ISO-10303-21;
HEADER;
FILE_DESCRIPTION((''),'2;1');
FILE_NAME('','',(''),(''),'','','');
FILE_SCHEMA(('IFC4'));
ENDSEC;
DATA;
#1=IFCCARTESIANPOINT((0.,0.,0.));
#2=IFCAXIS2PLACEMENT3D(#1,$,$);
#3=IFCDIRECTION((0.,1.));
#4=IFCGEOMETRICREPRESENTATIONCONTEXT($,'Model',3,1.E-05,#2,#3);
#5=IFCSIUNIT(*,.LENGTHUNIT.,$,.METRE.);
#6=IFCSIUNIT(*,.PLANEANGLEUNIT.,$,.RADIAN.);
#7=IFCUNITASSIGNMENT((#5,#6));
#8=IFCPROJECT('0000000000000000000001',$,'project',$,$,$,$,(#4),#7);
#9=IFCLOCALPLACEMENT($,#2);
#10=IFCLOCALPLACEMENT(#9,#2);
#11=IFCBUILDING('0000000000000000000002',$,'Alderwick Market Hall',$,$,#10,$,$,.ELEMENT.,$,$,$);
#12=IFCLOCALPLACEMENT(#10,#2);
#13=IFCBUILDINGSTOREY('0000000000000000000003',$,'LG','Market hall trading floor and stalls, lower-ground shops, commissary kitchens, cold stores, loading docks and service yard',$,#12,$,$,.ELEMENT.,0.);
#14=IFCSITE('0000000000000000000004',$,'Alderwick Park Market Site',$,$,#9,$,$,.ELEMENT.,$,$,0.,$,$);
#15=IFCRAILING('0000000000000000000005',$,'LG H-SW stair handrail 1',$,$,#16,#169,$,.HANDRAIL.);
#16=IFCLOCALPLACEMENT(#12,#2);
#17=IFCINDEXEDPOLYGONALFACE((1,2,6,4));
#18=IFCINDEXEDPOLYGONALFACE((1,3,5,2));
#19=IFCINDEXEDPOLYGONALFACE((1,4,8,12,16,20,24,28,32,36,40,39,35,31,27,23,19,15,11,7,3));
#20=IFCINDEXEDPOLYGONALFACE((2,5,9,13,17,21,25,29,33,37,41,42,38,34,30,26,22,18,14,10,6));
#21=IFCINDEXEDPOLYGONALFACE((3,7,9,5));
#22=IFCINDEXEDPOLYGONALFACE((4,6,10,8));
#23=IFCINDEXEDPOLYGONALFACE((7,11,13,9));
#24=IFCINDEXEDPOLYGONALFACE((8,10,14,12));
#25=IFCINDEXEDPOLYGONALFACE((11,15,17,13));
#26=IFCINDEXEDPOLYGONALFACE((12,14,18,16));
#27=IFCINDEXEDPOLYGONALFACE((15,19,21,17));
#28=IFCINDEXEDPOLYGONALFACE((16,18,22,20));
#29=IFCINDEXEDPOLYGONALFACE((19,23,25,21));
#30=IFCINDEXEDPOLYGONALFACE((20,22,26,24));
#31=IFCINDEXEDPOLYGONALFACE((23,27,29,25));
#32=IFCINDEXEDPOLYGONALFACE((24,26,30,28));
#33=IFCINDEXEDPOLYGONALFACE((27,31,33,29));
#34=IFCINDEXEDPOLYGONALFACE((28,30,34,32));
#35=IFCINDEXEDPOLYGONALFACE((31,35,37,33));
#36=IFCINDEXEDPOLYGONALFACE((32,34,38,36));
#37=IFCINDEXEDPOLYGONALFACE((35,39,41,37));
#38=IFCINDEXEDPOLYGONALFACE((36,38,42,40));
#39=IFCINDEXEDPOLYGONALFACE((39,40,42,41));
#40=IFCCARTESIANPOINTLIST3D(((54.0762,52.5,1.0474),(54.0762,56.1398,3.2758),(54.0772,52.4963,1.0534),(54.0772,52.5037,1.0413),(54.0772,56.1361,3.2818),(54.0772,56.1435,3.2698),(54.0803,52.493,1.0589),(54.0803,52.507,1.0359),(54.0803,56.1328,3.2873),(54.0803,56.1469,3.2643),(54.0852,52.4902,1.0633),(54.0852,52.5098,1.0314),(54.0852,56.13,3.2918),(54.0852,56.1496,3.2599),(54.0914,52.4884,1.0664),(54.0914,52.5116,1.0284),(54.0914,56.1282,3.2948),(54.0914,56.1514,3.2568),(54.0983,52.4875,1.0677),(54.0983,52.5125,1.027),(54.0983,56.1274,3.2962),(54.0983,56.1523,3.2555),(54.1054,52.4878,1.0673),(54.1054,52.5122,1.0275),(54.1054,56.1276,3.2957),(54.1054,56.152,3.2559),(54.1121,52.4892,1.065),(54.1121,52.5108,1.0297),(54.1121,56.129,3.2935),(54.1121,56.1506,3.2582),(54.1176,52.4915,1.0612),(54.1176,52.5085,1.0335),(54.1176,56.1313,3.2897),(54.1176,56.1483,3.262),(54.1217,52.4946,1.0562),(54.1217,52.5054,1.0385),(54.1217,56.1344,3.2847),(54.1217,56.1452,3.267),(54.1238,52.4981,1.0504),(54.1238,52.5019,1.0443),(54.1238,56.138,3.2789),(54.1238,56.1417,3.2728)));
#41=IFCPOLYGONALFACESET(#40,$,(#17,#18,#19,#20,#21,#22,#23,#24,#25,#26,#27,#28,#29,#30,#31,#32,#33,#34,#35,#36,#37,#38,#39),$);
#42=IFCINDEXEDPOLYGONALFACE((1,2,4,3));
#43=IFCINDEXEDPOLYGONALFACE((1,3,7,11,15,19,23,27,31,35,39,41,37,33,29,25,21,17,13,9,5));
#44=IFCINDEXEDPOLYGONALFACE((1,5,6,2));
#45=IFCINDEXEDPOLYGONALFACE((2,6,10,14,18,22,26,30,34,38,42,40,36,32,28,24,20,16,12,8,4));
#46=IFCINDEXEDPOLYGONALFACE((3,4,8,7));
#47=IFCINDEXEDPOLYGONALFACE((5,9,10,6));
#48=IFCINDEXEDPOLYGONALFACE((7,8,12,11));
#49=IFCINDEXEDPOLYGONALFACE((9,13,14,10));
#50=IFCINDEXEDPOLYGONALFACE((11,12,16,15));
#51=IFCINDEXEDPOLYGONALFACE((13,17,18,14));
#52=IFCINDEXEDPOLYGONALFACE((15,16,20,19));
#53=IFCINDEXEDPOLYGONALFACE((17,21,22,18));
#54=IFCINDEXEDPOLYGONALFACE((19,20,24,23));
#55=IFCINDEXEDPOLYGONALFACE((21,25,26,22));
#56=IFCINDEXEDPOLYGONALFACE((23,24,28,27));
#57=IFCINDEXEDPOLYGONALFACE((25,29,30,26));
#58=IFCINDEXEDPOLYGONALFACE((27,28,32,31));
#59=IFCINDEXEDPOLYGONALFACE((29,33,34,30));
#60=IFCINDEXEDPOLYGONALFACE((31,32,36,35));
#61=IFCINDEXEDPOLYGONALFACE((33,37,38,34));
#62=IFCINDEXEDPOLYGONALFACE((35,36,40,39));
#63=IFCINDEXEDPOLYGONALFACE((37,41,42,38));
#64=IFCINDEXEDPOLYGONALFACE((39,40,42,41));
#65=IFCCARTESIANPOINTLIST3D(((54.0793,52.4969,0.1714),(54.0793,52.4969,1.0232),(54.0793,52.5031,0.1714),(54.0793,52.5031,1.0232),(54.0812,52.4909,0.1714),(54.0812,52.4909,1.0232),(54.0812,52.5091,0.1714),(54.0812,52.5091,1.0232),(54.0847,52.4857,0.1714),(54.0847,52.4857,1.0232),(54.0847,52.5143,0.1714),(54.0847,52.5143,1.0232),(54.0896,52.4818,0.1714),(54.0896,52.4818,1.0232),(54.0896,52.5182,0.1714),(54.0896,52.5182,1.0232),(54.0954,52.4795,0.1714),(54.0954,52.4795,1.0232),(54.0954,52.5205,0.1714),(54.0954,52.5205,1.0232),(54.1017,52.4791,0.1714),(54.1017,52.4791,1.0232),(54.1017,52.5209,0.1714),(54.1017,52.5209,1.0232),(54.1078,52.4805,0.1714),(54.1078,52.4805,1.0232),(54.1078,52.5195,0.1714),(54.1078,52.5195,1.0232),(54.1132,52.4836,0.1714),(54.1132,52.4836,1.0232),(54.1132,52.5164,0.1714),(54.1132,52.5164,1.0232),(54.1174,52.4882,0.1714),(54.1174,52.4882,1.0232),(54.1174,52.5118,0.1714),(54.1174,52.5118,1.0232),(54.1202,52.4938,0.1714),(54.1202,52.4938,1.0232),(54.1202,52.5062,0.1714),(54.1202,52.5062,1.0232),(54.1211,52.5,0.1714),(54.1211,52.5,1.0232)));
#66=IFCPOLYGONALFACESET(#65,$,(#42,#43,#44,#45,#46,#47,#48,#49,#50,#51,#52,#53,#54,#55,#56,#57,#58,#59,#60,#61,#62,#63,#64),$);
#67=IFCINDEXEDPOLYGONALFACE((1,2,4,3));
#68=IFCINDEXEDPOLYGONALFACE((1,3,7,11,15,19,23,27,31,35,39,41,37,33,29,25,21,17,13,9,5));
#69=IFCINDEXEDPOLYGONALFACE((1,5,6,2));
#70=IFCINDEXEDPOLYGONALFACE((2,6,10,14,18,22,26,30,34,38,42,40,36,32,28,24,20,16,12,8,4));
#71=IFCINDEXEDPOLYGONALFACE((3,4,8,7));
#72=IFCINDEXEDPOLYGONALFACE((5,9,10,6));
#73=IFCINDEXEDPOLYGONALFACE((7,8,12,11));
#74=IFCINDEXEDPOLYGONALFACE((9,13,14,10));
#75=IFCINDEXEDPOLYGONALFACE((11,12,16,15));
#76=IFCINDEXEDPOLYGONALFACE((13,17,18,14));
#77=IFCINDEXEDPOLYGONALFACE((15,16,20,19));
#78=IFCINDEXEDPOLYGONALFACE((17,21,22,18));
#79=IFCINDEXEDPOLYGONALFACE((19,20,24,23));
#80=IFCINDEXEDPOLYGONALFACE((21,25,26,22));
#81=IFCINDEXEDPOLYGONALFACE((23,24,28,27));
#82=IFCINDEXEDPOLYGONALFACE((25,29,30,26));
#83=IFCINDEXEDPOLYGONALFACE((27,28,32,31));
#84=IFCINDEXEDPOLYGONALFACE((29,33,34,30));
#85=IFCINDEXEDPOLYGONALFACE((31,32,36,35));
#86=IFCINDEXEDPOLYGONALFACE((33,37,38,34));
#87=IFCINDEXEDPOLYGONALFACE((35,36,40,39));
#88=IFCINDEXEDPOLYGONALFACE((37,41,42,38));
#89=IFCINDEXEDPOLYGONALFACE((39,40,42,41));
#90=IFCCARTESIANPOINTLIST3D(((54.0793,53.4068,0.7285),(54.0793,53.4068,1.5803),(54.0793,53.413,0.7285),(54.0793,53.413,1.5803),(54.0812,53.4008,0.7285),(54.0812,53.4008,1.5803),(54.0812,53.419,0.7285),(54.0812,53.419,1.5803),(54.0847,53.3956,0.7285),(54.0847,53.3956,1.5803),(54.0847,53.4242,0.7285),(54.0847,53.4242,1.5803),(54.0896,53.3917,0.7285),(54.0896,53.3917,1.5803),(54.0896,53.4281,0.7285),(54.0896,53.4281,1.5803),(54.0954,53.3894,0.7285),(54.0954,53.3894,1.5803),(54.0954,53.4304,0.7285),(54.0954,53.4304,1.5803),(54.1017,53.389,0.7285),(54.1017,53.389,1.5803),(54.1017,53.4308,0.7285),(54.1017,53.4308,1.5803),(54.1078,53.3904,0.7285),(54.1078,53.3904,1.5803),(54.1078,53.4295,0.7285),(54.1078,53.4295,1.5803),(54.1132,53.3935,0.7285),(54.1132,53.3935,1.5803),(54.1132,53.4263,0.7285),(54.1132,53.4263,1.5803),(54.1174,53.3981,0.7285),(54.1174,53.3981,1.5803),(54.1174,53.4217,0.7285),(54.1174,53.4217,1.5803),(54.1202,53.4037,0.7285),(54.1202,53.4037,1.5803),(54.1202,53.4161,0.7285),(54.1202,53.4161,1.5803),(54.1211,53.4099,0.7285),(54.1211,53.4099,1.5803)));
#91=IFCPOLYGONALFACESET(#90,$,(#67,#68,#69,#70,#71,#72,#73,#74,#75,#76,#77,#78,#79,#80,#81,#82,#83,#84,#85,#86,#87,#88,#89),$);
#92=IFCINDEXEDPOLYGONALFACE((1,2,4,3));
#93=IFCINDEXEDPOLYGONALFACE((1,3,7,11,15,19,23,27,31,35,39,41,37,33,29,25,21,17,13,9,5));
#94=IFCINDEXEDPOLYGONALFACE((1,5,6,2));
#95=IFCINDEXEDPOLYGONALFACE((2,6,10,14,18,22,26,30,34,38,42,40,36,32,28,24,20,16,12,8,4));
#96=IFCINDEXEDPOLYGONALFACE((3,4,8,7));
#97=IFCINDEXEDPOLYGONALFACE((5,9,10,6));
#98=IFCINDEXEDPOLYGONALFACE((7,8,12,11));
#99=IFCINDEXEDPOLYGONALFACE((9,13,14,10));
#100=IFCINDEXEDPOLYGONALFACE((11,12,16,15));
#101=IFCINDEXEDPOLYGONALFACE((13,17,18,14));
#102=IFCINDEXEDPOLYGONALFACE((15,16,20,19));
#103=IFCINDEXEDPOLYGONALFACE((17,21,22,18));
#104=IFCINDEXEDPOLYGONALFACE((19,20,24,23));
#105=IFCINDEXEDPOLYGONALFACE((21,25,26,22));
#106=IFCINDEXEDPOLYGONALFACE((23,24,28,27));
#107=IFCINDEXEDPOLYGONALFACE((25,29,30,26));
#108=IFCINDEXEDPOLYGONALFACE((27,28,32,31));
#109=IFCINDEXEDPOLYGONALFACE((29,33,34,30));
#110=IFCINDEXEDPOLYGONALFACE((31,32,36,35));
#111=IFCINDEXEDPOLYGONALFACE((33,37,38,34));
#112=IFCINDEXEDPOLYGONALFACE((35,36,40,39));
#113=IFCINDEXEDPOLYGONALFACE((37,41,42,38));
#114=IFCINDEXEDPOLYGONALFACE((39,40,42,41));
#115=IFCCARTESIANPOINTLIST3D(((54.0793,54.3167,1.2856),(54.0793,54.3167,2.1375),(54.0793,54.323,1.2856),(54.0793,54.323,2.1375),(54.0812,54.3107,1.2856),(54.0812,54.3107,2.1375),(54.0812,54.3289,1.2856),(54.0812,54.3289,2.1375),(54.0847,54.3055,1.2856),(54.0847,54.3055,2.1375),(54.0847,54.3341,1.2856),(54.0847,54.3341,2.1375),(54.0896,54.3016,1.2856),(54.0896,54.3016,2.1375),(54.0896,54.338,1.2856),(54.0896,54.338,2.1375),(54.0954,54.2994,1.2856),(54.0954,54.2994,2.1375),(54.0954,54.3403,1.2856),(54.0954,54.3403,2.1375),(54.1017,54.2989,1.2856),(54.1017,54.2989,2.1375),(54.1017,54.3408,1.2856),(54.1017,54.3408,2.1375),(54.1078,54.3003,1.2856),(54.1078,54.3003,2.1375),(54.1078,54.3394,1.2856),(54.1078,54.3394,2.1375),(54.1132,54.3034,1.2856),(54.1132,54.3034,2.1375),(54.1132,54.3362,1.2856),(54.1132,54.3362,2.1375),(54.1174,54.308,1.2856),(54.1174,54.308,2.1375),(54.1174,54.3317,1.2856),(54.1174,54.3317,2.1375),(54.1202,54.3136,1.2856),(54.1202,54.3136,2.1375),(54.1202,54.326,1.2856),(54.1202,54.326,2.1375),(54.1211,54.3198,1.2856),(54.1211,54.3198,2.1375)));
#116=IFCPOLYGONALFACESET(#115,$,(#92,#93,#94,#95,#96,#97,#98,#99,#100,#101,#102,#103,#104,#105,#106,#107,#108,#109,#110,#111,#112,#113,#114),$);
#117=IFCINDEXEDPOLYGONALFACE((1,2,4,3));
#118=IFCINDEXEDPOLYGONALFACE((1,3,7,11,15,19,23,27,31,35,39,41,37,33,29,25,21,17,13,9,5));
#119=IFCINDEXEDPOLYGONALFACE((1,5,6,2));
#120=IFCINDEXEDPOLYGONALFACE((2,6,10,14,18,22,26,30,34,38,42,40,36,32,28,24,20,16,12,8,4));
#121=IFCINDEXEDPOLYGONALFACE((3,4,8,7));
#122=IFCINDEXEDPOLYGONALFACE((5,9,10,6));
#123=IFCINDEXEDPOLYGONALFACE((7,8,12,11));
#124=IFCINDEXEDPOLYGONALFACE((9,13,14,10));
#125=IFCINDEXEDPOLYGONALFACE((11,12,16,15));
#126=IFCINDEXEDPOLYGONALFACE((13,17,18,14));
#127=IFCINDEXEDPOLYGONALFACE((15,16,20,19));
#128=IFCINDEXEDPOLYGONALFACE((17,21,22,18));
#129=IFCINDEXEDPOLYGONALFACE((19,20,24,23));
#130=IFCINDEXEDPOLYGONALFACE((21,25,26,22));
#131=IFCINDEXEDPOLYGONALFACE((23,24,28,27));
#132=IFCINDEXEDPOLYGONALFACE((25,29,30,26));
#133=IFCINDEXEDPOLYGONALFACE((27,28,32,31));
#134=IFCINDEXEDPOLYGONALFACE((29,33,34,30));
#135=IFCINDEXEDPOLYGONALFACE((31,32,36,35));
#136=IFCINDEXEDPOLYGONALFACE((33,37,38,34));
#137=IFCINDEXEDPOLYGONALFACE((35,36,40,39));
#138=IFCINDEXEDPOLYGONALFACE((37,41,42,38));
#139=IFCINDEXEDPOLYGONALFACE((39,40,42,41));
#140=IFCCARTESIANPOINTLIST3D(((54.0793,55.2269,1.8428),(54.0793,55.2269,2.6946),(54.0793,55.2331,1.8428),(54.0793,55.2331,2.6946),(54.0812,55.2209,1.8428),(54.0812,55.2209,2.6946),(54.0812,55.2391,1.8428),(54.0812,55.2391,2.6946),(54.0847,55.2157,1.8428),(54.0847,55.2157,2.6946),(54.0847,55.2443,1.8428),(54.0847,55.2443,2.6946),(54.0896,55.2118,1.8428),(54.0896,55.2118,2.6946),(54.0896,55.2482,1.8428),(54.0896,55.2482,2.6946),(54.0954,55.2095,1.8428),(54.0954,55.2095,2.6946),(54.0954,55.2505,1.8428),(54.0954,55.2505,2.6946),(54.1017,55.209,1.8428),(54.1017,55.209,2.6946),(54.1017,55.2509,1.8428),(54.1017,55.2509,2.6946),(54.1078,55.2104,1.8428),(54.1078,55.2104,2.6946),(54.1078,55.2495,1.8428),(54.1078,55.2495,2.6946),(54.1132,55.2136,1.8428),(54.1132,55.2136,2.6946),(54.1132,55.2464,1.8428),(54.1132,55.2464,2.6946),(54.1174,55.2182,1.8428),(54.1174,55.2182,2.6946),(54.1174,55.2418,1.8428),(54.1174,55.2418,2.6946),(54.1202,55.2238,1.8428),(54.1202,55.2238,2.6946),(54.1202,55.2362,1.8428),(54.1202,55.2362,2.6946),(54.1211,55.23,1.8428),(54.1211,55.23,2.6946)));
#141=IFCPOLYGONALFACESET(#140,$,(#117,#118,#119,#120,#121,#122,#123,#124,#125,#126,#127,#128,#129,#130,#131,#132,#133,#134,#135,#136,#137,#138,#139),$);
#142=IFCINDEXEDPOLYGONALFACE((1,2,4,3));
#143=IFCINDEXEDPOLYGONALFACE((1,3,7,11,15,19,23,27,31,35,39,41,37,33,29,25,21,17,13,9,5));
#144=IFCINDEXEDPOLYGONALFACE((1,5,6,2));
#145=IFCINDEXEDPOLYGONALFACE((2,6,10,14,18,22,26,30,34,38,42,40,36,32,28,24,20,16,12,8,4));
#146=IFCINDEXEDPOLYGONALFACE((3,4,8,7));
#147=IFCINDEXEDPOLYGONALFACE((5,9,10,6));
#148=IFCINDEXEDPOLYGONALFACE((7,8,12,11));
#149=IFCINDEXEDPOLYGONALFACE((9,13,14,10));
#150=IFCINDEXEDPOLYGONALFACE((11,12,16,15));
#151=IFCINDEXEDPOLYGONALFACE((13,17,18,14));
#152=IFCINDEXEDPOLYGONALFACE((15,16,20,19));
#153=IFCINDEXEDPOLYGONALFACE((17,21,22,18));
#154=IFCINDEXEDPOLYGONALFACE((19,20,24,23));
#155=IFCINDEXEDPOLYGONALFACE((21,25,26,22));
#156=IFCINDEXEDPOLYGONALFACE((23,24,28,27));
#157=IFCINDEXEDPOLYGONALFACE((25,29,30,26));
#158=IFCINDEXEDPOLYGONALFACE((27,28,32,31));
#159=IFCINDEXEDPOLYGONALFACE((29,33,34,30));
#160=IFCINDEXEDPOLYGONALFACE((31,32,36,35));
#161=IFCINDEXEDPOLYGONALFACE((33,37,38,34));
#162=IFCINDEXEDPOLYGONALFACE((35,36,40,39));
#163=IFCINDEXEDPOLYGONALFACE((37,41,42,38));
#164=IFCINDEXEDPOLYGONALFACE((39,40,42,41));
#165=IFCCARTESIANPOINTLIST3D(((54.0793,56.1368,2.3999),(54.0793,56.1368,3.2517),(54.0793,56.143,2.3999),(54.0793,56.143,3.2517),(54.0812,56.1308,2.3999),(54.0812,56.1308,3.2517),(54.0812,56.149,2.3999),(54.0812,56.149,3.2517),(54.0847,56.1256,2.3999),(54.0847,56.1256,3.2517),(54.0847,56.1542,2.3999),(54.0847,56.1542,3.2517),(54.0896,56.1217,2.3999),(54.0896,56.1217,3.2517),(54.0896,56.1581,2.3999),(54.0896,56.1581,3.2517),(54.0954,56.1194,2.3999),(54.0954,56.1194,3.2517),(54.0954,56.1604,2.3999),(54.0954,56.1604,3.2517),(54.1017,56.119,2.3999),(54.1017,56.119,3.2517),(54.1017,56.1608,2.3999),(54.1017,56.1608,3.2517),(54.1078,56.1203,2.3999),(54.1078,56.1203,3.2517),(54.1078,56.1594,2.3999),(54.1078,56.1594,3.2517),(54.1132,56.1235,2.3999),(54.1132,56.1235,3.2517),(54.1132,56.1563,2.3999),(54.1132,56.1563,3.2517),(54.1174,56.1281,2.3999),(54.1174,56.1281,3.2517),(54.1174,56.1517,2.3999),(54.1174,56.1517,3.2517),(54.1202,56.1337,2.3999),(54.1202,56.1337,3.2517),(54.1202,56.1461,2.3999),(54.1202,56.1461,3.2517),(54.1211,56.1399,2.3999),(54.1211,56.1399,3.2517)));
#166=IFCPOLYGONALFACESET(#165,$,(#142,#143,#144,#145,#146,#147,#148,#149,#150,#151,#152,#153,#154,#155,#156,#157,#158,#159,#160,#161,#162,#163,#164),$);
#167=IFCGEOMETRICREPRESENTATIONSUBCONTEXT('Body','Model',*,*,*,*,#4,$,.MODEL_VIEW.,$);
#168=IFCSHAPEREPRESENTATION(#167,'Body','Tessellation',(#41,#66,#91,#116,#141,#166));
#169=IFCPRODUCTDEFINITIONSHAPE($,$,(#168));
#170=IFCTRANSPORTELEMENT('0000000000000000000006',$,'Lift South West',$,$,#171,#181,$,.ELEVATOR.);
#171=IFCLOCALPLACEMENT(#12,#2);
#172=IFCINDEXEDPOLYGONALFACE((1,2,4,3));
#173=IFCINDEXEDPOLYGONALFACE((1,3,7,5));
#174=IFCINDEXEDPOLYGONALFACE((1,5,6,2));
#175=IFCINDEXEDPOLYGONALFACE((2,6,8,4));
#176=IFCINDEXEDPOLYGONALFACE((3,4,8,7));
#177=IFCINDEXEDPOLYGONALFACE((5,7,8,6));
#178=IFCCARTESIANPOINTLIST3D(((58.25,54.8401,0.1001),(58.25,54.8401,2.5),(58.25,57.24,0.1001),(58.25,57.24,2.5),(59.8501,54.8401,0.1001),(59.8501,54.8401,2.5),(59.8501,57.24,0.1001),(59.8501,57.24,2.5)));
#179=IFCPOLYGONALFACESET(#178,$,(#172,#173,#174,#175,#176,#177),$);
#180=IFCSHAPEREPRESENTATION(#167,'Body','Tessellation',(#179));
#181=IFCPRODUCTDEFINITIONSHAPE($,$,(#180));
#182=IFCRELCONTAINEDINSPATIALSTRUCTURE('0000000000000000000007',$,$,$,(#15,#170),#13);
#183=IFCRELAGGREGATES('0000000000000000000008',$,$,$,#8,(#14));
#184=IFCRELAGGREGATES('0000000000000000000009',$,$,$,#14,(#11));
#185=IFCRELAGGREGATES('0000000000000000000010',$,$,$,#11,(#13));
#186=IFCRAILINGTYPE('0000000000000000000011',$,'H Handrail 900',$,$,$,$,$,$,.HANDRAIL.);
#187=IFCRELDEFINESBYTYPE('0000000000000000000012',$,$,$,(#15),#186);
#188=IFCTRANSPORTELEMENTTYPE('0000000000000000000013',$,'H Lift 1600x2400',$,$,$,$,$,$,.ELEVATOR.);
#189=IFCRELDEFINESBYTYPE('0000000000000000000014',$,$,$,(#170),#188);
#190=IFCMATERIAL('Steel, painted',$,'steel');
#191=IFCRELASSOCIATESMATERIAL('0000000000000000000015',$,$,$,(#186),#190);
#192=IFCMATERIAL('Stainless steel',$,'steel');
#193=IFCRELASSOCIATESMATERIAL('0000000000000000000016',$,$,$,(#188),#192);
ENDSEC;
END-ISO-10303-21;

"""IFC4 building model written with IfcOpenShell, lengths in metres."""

from ifc_helpers import new_model, si_unit, direction, frame, origin, origin_2d, place, context, subcontext, project, spatial, rectangle, circle, extrude, material, type_object, element, save


model = new_model("IFC4")

# Units and contexts
model_context = context("Model", 3, precision=1e-05, world=origin(), true_north=direction((0.0, 1.0)))
body_context = subcontext(model_context, "Body", "Model", "MODEL_VIEW")
ifc_project = project(units=[si_unit("LENGTHUNIT", "METRE"), si_unit("PLANEANGLEUNIT", "RADIAN")], contexts=[model_context])

# Site, building, storey
site_placement = place(None, origin())
site = spatial("IfcSite", under=ifc_project, at=site_placement, Name="Alderwick Park Market Site", CompositionType="ELEMENT", RefElevation=0.0)
building_placement = place(site_placement, origin())
building = spatial("IfcBuilding", under=site, at=building_placement, Name="Alderwick Market Hall", CompositionType="ELEMENT")
storey_placement = place(building_placement, origin())
storey = spatial("IfcBuildingStorey", under=building, at=storey_placement, Name="LG", Description="Market hall trading floor and stalls, lower-ground shops, commissary kitchens, cold stores, loading docks and service yard", CompositionType="ELEMENT", Elevation=0.0)

# Shared definitions
ifc_material_1 = material(Name="Stainless steel", Category="steel")

# Railing
ifc_material_2 = material(Name="Steel, painted", Category="steel")
railing_type = type_object("IfcRailingType", Name="H Handrail 900", PredefinedType="HANDRAIL", material=ifc_material_2)
railing_placement = place(storey_placement, frame((54.1001, 52.5, 0.1714)))
element("IfcRailing", 1, at=railing_placement, inside=storey, type_object=railing_type, Name="LG H-SW stair handrail 1", PredefinedType="HANDRAIL", context=body_context, shape_type="SweptSolid", body=[
    extrude(circle(Radius=0.0239, at=origin_2d()), frame((0.0, 0.0, 0.876), z_axis=(0.0, 0.85285, 0.522156), x_axis=(-1.0, 0.0, 0.0)), (0.0, 0.0, 1.0), 4.2678),
    extrude(circle(Radius=0.021, at=origin_2d()), origin(), (0.0, 0.0, 1.0), 0.8518),
    extrude(circle(Radius=0.021, at=origin_2d()), frame((0.0, 0.9099, 0.5571)), (0.0, 0.0, 1.0), 0.8518),
    extrude(circle(Radius=0.021, at=origin_2d()), frame((0.0, 1.8198, 1.1143)), (0.0, 0.0, 1.0), 0.8518),
    extrude(circle(Radius=0.021, at=origin_2d()), frame((0.0, 2.73, 1.6714)), (0.0, 0.0, 1.0), 0.8518),
    extrude(circle(Radius=0.021, at=origin_2d()), frame((0.0, 3.6399, 2.2285)), (0.0, 0.0, 1.0), 0.8518),
])

# Transport element
transport_element_type = type_object("IfcTransportElementType", Name="H Lift 1600x2400", PredefinedType="ELEVATOR", material=ifc_material_1)
transport_element_placement = place(storey_placement, frame((59.05, 56.04, 0.1001), z_axis=(0.0, 0.0, 1.0), x_axis=(1.0, 0.0, 0.0)))
element("IfcTransportElement", 2, at=transport_element_placement, inside=storey, type_object=transport_element_type, Name="Lift South West", PredefinedType="ELEVATOR", context=body_context, shape_type="SweptSolid", body=[
    extrude(rectangle(XDim=1.6001, YDim=2.3999, at=origin_2d()), origin(), (0.0, 0.0, 1.0), 2.3999),
])

save(model, "model.ifc")
